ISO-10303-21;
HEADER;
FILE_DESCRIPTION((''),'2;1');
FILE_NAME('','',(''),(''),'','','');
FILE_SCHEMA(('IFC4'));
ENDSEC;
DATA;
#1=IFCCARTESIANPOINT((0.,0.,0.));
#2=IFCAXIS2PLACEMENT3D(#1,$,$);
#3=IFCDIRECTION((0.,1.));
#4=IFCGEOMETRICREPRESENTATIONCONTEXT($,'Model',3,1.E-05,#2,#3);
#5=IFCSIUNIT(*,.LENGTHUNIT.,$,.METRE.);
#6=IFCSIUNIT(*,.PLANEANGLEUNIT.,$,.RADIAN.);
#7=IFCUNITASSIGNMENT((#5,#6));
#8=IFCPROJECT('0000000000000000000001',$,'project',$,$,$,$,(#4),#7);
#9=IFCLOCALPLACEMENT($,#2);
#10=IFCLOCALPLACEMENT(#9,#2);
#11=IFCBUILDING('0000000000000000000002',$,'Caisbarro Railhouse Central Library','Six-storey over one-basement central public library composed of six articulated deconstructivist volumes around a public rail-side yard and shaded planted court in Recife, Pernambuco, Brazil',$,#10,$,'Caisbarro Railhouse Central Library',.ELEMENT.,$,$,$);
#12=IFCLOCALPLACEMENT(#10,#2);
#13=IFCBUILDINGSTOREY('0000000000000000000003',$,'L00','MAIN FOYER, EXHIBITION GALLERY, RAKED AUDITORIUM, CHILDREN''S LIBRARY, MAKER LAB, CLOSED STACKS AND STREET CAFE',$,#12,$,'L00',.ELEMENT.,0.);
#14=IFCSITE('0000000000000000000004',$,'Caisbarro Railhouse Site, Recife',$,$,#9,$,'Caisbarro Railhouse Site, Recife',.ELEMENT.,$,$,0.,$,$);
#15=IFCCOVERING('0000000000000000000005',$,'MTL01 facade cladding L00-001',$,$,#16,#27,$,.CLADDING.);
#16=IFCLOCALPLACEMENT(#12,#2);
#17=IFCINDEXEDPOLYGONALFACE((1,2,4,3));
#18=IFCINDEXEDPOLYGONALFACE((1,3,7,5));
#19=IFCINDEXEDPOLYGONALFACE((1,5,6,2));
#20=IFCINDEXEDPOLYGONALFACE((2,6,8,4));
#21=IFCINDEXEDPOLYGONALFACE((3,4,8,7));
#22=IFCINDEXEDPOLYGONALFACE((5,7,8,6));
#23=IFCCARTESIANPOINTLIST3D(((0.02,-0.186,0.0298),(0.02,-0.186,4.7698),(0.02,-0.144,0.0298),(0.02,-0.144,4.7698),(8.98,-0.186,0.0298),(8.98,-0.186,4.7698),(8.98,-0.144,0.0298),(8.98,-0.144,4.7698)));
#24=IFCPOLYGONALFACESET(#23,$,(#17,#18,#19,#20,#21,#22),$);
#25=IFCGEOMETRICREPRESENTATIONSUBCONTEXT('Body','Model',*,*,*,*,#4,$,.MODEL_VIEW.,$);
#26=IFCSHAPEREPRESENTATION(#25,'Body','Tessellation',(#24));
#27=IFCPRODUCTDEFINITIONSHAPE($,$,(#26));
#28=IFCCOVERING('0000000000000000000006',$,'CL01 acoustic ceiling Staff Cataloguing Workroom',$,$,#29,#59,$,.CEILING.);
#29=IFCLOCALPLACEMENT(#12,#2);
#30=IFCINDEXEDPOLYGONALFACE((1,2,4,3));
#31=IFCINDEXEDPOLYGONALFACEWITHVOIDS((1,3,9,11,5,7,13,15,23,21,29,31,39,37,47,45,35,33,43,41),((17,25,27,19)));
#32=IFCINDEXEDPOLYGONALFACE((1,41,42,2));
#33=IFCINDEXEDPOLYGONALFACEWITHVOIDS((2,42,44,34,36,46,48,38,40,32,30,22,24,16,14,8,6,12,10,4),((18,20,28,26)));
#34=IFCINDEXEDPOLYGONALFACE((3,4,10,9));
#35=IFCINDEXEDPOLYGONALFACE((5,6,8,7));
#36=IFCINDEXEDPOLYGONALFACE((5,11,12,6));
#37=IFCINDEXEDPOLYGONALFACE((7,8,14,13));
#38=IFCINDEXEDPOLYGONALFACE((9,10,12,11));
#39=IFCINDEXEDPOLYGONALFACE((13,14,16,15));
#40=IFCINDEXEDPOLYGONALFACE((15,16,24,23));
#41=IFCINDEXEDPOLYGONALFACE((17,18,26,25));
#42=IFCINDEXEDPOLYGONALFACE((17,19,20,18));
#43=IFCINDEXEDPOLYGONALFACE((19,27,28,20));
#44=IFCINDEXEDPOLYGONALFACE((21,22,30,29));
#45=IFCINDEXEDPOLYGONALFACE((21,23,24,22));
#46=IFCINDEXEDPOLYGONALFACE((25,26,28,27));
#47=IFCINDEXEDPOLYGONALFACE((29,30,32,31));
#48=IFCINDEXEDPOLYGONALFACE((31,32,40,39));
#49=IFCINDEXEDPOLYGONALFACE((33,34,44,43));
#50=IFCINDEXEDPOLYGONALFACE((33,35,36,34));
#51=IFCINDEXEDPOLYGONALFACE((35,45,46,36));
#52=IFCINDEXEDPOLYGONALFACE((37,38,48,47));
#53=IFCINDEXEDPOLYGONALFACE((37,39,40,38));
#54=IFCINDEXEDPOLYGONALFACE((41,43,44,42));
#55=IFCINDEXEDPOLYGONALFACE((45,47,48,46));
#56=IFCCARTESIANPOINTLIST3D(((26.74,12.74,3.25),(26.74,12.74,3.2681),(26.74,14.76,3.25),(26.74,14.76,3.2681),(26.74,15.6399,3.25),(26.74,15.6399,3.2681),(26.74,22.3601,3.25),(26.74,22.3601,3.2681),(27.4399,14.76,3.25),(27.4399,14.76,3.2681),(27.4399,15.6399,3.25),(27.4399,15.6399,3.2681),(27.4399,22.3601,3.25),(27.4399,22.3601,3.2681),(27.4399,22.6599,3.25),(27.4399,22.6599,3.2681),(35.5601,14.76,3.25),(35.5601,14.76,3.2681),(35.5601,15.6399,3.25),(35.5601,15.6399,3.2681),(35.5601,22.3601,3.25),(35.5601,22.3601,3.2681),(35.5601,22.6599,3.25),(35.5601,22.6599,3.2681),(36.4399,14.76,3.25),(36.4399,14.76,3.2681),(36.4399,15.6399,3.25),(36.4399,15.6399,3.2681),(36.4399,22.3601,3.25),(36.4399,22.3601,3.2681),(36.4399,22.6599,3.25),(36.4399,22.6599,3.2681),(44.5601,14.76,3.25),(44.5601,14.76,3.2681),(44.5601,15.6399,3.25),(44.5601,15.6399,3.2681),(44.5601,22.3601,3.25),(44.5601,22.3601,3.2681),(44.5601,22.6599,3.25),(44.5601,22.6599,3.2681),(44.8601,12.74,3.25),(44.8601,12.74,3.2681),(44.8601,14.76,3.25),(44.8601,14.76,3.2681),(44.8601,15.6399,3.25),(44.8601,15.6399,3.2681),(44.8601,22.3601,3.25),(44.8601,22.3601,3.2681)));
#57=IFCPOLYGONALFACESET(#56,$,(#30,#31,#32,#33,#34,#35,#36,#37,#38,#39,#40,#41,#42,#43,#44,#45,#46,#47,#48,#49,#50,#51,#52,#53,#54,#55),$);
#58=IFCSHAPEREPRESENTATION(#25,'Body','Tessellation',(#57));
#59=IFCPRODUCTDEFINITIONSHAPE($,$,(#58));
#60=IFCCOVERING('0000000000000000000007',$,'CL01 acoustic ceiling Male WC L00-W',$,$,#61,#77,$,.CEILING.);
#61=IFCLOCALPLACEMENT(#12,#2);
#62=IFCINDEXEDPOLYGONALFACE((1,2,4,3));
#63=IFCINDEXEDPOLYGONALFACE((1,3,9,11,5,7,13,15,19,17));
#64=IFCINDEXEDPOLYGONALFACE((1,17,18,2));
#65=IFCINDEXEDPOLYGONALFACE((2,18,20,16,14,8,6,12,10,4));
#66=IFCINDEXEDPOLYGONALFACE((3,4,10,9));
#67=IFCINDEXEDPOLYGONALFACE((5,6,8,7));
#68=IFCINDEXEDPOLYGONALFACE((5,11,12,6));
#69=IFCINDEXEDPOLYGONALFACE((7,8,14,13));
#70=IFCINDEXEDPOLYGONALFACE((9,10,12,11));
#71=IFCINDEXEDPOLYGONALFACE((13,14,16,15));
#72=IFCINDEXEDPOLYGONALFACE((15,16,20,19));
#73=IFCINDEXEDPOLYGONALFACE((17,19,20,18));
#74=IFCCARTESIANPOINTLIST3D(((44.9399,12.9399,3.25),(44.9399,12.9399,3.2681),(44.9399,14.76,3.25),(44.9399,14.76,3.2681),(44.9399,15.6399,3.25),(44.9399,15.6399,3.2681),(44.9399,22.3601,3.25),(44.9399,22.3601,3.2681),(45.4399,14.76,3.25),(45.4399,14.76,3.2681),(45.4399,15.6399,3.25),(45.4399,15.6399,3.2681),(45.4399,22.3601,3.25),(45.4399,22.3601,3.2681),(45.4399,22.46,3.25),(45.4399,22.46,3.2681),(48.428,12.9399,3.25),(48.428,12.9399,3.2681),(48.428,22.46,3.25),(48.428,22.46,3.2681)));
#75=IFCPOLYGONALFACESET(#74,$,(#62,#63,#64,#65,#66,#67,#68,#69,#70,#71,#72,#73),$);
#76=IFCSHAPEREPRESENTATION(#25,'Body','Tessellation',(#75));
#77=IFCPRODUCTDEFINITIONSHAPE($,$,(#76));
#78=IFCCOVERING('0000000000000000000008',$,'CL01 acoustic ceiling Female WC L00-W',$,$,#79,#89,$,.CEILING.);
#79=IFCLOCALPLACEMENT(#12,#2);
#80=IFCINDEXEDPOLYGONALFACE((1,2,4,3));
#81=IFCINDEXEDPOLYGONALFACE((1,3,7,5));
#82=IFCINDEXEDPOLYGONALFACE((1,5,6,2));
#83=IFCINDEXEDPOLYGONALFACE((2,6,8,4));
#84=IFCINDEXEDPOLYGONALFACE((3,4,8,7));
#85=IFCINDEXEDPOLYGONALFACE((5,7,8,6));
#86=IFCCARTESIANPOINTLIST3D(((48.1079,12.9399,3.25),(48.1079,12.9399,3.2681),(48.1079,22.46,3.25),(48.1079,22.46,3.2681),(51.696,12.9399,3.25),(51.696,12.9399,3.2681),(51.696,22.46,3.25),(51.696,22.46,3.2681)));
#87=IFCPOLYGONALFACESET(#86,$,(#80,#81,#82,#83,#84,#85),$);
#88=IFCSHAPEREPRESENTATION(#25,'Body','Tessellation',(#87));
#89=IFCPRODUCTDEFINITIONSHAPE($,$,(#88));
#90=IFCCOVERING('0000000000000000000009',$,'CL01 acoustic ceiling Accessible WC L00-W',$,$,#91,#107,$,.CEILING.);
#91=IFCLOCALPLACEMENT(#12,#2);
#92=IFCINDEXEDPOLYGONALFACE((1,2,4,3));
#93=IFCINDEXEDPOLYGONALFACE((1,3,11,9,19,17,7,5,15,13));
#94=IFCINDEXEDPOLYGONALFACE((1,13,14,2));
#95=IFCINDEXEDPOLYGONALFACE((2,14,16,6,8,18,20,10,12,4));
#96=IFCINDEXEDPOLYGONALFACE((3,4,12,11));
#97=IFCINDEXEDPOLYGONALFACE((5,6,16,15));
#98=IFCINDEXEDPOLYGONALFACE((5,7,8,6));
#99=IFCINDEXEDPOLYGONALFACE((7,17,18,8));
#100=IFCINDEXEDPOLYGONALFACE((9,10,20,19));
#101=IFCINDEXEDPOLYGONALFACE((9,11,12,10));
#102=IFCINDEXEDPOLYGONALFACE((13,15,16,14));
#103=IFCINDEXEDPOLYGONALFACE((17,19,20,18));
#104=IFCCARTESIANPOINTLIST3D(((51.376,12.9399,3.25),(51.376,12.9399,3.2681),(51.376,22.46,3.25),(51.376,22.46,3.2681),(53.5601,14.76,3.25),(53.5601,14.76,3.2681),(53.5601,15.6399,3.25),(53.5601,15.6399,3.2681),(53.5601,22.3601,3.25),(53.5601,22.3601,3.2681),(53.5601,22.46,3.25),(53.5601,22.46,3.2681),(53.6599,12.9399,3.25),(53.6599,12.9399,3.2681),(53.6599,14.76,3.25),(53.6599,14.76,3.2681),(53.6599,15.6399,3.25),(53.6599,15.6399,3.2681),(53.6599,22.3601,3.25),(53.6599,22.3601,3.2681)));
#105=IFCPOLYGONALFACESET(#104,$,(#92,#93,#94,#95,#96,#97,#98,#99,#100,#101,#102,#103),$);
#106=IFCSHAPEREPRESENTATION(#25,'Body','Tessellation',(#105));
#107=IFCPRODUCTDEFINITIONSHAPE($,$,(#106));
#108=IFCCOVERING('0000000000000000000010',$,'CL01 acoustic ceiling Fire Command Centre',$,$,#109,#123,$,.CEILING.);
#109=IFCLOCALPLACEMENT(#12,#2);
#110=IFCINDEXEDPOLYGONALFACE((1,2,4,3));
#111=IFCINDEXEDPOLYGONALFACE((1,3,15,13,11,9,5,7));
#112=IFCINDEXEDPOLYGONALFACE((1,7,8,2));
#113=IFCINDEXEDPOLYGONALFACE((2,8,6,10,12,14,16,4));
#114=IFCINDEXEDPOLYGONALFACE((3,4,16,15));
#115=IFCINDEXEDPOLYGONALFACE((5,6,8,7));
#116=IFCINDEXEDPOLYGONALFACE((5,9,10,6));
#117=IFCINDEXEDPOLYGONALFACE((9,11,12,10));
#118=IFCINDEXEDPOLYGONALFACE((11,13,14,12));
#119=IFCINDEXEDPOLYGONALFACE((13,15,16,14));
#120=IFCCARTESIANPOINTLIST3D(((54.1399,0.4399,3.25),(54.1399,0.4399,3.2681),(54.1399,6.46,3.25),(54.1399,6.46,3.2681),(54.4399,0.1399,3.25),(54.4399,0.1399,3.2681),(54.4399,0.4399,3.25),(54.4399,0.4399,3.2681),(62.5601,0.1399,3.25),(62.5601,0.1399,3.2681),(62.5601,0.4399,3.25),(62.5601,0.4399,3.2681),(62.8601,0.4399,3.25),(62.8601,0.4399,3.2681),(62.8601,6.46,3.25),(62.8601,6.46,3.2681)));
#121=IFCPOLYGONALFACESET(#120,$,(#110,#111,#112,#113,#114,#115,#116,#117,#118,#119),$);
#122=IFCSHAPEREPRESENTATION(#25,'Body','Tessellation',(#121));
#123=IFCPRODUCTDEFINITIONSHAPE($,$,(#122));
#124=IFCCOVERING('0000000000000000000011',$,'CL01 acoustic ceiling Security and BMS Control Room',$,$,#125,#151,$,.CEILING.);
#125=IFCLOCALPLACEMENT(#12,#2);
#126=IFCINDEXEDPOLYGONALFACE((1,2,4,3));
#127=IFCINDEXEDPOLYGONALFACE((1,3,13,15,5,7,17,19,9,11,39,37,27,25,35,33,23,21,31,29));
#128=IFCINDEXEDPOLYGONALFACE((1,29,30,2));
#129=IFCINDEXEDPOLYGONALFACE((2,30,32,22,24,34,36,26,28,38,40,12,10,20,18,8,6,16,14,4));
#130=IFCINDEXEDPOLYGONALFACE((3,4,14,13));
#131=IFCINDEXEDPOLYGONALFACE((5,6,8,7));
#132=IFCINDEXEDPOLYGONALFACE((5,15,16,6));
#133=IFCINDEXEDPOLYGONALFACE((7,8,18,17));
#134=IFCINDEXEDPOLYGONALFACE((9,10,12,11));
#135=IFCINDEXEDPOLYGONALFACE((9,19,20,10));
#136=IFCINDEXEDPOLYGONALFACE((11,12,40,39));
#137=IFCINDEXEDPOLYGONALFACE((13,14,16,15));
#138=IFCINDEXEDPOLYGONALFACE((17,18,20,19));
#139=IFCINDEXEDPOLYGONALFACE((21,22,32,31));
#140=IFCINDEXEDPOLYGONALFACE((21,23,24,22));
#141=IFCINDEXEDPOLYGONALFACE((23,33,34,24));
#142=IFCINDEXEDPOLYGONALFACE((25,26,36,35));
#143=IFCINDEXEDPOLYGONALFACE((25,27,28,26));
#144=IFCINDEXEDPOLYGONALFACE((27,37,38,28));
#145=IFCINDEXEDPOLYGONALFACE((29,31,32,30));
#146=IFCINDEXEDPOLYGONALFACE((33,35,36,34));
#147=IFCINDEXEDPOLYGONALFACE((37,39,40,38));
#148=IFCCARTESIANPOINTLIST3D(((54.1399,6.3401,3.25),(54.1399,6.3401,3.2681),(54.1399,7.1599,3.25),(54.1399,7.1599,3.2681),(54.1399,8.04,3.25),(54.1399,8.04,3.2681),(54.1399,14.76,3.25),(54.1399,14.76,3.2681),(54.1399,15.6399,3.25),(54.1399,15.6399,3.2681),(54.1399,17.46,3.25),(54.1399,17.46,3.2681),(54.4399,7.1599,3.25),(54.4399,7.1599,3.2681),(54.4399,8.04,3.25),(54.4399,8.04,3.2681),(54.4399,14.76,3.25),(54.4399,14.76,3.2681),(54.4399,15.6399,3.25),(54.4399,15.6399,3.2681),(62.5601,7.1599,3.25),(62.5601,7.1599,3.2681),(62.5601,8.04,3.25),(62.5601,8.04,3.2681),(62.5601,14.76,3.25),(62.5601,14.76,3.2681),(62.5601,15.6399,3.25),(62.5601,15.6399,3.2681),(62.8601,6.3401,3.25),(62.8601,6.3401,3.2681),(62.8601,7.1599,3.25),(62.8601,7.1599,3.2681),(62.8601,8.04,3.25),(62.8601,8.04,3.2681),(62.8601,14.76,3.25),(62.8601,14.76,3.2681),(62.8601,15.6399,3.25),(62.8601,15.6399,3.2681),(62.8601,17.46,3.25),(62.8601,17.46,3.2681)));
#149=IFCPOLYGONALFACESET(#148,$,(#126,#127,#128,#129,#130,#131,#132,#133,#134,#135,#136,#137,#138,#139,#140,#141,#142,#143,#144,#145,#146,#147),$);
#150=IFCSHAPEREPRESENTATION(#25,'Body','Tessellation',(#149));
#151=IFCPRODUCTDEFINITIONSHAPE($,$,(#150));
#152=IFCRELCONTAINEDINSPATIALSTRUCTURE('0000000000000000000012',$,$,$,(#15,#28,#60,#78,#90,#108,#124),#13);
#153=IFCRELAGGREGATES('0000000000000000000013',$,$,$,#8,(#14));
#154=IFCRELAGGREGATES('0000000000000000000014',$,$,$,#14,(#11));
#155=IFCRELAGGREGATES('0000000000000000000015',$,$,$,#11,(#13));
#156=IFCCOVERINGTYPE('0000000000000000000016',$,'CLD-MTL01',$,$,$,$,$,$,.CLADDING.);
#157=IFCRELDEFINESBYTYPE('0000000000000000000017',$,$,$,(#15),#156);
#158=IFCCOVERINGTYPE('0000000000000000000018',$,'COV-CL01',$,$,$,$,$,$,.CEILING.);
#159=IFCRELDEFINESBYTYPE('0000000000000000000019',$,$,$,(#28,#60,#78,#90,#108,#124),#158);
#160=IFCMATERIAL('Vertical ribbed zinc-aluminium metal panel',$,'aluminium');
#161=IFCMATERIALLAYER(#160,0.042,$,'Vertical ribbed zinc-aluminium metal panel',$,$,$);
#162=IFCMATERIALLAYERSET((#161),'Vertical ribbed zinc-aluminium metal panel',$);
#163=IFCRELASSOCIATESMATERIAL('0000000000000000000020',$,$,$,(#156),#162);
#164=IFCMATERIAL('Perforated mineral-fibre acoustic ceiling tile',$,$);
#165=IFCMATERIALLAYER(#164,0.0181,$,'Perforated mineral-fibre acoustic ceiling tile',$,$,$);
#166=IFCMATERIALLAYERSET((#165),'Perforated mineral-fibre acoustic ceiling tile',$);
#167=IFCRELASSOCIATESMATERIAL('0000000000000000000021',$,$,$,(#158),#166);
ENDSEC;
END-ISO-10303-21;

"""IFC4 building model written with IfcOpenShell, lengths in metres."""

from ifc_helpers import new_model, si_unit, direction, frame, origin, origin_2d, place, context, subcontext, project, spatial, polyline, rectangle, outline, extrude, material, layer, layer_set, type_object, element, save


model = new_model("IFC4")

# Units and contexts
model_context = context("Model", 3, precision=1e-05, world=origin(), true_north=direction((0.0, 1.0)))
body_context = subcontext(model_context, "Body", "Model", "MODEL_VIEW")
ifc_project = project(units=[si_unit("LENGTHUNIT", "METRE"), si_unit("PLANEANGLEUNIT", "RADIAN")], contexts=[model_context])

# Site, building, storey
site_placement = place(None, origin())
site = spatial("IfcSite", under=ifc_project, at=site_placement, Name="Caisbarro Railhouse Site, Recife", LongName="Caisbarro Railhouse Site, Recife", CompositionType="ELEMENT", RefElevation=0.0)
building_placement = place(site_placement, origin())
building = spatial("IfcBuilding", under=site, at=building_placement, Name="Caisbarro Railhouse Central Library", Description="Six-storey over one-basement central public library composed of six articulated deconstructivist volumes around a public rail-side yard and shaded planted court in Recife, Pernambuco, Brazil", LongName="Caisbarro Railhouse Central Library", CompositionType="ELEMENT")
storey_placement = place(building_placement, origin())
storey = spatial("IfcBuildingStorey", under=building, at=storey_placement, Name="L00", Description="MAIN FOYER, EXHIBITION GALLERY, RAKED AUDITORIUM, CHILDREN'S LIBRARY, MAKER LAB, CLOSED STACKS AND STREET CAFE", LongName="L00", CompositionType="ELEMENT", Elevation=0.0)

# Coverings
ifc_material_1 = material(Name="Vertical ribbed zinc-aluminium metal panel", Category="aluminium")
ifc_layer_1 = layer(ifc_material_1, 0.042, Name="Vertical ribbed zinc-aluminium metal panel")
ifc_layer_set_1 = layer_set([ifc_layer_1], Name="Vertical ribbed zinc-aluminium metal panel")
covering_type_1 = type_object("IfcCoveringType", Name="CLD-MTL01", PredefinedType="CLADDING", material=ifc_layer_set_1)
covering_1_placement = place(storey_placement, frame((4.5, -0.165, 0.0298), z_axis=(0.0, 0.0, 1.0), x_axis=(1.0, 0.0, 0.0)))
element("IfcCovering", 1, at=covering_1_placement, inside=storey, type_object=covering_type_1, Name="MTL01 facade cladding L00-001", PredefinedType="CLADDING", context=body_context, shape_type="SweptSolid", body=[
    extrude(rectangle(XDim=8.96, YDim=0.042, at=origin_2d()), origin(), (0.0, 0.0, 1.0), 4.74),
])
ifc_material_2 = material(Name="Perforated mineral-fibre acoustic ceiling tile")
ifc_layer_2 = layer(ifc_material_2, 0.0181, Name="Perforated mineral-fibre acoustic ceiling tile")
ifc_layer_set_2 = layer_set([ifc_layer_2], Name="Perforated mineral-fibre acoustic ceiling tile")
covering_type_2 = type_object("IfcCoveringType", Name="COV-CL01", PredefinedType="CEILING", material=ifc_layer_set_2)
covering_2_placement = place(storey_placement, frame((0.0, 0.0, 3.25)))
element("IfcCovering", 2, at=covering_2_placement, inside=storey, type_object=covering_type_2, Name="CL01 acoustic ceiling Staff Cataloguing Workroom", PredefinedType="CEILING", context=body_context, shape_type="SweptSolid", body=[
    extrude(outline(polyline([(27.4399, 22.3601), (27.4399, 22.6599), (35.5601, 22.6599), (35.5601, 22.3601), (36.4399, 22.3601), (36.4399, 22.6599), (44.5601, 22.6599), (44.5601, 22.3601), (44.8601, 22.3601), (44.8601, 15.6399), (44.5601, 15.6399), (44.5601, 14.76), (44.8601, 14.76), (44.8601, 12.74), (26.74, 12.74), (26.74, 14.76), (27.4399, 14.76), (27.4399, 15.6399), (26.74, 15.6399), (26.74, 22.3601), (27.4399, 22.3601)]), holes=[polyline([(36.4399, 14.76), (36.4399, 15.6399), (35.5601, 15.6399), (35.5601, 14.76), (36.4399, 14.76)])]), origin(), (0.0, 0.0, 1.0), 0.0181),
])
covering_3_placement = place(storey_placement, frame((0.0, 0.0, 3.25)))
element("IfcCovering", 3, at=covering_3_placement, inside=storey, type_object=covering_type_2, Name="CL01 acoustic ceiling Male WC L00-W", PredefinedType="CEILING", context=body_context, shape_type="SweptSolid", body=[
    extrude(outline(polyline([(45.4399, 14.76), (45.4399, 15.6399), (44.9399, 15.6399), (44.9399, 22.3601), (45.4399, 22.3601), (45.4399, 22.46), (48.428, 22.46), (48.428, 12.9399), (44.9399, 12.9399), (44.9399, 14.76), (45.4399, 14.76)])), origin(), (0.0, 0.0, 1.0), 0.0181),
])
covering_4_placement = place(storey_placement, frame((0.0, 0.0, 3.25)))
element("IfcCovering", 4, at=covering_4_placement, inside=storey, type_object=covering_type_2, Name="CL01 acoustic ceiling Female WC L00-W", PredefinedType="CEILING", context=body_context, shape_type="SweptSolid", body=[
    extrude(outline(polyline([(48.1079, 12.9399), (48.1079, 22.46), (51.696, 22.46), (51.696, 12.9399), (48.1079, 12.9399)])), origin(), (0.0, 0.0, 1.0), 0.0181),
])
covering_5_placement = place(storey_placement, frame((0.0, 0.0, 3.25)))
element("IfcCovering", 5, at=covering_5_placement, inside=storey, type_object=covering_type_2, Name="CL01 acoustic ceiling Accessible WC L00-W", PredefinedType="CEILING", context=body_context, shape_type="SweptSolid", body=[
    extrude(outline(polyline([(53.5601, 22.46), (53.5601, 22.3601), (53.6599, 22.3601), (53.6599, 15.6399), (53.5601, 15.6399), (53.5601, 14.76), (53.6599, 14.76), (53.6599, 12.9399), (51.376, 12.9399), (51.376, 22.46), (53.5601, 22.46)])), origin(), (0.0, 0.0, 1.0), 0.0181),
])
covering_6_placement = place(storey_placement, frame((0.0, 0.0, 3.25)))
element("IfcCovering", 6, at=covering_6_placement, inside=storey, type_object=covering_type_2, Name="CL01 acoustic ceiling Fire Command Centre", PredefinedType="CEILING", context=body_context, shape_type="SweptSolid", body=[
    extrude(outline(polyline([(62.8601, 6.46), (62.8601, 0.4399), (62.5601, 0.4399), (62.5601, 0.1399), (54.4399, 0.1399), (54.4399, 0.4399), (54.1399, 0.4399), (54.1399, 6.46), (62.8601, 6.46)])), origin(), (0.0, 0.0, 1.0), 0.0181),
])
covering_7_placement = place(storey_placement, frame((0.0, 0.0, 3.25)))
element("IfcCovering", 7, at=covering_7_placement, inside=storey, type_object=covering_type_2, Name="CL01 acoustic ceiling Security and BMS Control Room", PredefinedType="CEILING", context=body_context, shape_type="SweptSolid", body=[
    extrude(outline(polyline([(54.1399, 8.04), (54.1399, 14.76), (54.4399, 14.76), (54.4399, 15.6399), (54.1399, 15.6399), (54.1399, 17.46), (62.8601, 17.46), (62.8601, 15.6399), (62.5601, 15.6399), (62.5601, 14.76), (62.8601, 14.76), (62.8601, 8.04), (62.5601, 8.04), (62.5601, 7.1599), (62.8601, 7.1599), (62.8601, 6.3401), (54.1399, 6.3401), (54.1399, 7.1599), (54.4399, 7.1599), (54.4399, 8.04), (54.1399, 8.04)])), origin(), (0.0, 0.0, 1.0), 0.0181),
])

save(model, "model.ifc")
